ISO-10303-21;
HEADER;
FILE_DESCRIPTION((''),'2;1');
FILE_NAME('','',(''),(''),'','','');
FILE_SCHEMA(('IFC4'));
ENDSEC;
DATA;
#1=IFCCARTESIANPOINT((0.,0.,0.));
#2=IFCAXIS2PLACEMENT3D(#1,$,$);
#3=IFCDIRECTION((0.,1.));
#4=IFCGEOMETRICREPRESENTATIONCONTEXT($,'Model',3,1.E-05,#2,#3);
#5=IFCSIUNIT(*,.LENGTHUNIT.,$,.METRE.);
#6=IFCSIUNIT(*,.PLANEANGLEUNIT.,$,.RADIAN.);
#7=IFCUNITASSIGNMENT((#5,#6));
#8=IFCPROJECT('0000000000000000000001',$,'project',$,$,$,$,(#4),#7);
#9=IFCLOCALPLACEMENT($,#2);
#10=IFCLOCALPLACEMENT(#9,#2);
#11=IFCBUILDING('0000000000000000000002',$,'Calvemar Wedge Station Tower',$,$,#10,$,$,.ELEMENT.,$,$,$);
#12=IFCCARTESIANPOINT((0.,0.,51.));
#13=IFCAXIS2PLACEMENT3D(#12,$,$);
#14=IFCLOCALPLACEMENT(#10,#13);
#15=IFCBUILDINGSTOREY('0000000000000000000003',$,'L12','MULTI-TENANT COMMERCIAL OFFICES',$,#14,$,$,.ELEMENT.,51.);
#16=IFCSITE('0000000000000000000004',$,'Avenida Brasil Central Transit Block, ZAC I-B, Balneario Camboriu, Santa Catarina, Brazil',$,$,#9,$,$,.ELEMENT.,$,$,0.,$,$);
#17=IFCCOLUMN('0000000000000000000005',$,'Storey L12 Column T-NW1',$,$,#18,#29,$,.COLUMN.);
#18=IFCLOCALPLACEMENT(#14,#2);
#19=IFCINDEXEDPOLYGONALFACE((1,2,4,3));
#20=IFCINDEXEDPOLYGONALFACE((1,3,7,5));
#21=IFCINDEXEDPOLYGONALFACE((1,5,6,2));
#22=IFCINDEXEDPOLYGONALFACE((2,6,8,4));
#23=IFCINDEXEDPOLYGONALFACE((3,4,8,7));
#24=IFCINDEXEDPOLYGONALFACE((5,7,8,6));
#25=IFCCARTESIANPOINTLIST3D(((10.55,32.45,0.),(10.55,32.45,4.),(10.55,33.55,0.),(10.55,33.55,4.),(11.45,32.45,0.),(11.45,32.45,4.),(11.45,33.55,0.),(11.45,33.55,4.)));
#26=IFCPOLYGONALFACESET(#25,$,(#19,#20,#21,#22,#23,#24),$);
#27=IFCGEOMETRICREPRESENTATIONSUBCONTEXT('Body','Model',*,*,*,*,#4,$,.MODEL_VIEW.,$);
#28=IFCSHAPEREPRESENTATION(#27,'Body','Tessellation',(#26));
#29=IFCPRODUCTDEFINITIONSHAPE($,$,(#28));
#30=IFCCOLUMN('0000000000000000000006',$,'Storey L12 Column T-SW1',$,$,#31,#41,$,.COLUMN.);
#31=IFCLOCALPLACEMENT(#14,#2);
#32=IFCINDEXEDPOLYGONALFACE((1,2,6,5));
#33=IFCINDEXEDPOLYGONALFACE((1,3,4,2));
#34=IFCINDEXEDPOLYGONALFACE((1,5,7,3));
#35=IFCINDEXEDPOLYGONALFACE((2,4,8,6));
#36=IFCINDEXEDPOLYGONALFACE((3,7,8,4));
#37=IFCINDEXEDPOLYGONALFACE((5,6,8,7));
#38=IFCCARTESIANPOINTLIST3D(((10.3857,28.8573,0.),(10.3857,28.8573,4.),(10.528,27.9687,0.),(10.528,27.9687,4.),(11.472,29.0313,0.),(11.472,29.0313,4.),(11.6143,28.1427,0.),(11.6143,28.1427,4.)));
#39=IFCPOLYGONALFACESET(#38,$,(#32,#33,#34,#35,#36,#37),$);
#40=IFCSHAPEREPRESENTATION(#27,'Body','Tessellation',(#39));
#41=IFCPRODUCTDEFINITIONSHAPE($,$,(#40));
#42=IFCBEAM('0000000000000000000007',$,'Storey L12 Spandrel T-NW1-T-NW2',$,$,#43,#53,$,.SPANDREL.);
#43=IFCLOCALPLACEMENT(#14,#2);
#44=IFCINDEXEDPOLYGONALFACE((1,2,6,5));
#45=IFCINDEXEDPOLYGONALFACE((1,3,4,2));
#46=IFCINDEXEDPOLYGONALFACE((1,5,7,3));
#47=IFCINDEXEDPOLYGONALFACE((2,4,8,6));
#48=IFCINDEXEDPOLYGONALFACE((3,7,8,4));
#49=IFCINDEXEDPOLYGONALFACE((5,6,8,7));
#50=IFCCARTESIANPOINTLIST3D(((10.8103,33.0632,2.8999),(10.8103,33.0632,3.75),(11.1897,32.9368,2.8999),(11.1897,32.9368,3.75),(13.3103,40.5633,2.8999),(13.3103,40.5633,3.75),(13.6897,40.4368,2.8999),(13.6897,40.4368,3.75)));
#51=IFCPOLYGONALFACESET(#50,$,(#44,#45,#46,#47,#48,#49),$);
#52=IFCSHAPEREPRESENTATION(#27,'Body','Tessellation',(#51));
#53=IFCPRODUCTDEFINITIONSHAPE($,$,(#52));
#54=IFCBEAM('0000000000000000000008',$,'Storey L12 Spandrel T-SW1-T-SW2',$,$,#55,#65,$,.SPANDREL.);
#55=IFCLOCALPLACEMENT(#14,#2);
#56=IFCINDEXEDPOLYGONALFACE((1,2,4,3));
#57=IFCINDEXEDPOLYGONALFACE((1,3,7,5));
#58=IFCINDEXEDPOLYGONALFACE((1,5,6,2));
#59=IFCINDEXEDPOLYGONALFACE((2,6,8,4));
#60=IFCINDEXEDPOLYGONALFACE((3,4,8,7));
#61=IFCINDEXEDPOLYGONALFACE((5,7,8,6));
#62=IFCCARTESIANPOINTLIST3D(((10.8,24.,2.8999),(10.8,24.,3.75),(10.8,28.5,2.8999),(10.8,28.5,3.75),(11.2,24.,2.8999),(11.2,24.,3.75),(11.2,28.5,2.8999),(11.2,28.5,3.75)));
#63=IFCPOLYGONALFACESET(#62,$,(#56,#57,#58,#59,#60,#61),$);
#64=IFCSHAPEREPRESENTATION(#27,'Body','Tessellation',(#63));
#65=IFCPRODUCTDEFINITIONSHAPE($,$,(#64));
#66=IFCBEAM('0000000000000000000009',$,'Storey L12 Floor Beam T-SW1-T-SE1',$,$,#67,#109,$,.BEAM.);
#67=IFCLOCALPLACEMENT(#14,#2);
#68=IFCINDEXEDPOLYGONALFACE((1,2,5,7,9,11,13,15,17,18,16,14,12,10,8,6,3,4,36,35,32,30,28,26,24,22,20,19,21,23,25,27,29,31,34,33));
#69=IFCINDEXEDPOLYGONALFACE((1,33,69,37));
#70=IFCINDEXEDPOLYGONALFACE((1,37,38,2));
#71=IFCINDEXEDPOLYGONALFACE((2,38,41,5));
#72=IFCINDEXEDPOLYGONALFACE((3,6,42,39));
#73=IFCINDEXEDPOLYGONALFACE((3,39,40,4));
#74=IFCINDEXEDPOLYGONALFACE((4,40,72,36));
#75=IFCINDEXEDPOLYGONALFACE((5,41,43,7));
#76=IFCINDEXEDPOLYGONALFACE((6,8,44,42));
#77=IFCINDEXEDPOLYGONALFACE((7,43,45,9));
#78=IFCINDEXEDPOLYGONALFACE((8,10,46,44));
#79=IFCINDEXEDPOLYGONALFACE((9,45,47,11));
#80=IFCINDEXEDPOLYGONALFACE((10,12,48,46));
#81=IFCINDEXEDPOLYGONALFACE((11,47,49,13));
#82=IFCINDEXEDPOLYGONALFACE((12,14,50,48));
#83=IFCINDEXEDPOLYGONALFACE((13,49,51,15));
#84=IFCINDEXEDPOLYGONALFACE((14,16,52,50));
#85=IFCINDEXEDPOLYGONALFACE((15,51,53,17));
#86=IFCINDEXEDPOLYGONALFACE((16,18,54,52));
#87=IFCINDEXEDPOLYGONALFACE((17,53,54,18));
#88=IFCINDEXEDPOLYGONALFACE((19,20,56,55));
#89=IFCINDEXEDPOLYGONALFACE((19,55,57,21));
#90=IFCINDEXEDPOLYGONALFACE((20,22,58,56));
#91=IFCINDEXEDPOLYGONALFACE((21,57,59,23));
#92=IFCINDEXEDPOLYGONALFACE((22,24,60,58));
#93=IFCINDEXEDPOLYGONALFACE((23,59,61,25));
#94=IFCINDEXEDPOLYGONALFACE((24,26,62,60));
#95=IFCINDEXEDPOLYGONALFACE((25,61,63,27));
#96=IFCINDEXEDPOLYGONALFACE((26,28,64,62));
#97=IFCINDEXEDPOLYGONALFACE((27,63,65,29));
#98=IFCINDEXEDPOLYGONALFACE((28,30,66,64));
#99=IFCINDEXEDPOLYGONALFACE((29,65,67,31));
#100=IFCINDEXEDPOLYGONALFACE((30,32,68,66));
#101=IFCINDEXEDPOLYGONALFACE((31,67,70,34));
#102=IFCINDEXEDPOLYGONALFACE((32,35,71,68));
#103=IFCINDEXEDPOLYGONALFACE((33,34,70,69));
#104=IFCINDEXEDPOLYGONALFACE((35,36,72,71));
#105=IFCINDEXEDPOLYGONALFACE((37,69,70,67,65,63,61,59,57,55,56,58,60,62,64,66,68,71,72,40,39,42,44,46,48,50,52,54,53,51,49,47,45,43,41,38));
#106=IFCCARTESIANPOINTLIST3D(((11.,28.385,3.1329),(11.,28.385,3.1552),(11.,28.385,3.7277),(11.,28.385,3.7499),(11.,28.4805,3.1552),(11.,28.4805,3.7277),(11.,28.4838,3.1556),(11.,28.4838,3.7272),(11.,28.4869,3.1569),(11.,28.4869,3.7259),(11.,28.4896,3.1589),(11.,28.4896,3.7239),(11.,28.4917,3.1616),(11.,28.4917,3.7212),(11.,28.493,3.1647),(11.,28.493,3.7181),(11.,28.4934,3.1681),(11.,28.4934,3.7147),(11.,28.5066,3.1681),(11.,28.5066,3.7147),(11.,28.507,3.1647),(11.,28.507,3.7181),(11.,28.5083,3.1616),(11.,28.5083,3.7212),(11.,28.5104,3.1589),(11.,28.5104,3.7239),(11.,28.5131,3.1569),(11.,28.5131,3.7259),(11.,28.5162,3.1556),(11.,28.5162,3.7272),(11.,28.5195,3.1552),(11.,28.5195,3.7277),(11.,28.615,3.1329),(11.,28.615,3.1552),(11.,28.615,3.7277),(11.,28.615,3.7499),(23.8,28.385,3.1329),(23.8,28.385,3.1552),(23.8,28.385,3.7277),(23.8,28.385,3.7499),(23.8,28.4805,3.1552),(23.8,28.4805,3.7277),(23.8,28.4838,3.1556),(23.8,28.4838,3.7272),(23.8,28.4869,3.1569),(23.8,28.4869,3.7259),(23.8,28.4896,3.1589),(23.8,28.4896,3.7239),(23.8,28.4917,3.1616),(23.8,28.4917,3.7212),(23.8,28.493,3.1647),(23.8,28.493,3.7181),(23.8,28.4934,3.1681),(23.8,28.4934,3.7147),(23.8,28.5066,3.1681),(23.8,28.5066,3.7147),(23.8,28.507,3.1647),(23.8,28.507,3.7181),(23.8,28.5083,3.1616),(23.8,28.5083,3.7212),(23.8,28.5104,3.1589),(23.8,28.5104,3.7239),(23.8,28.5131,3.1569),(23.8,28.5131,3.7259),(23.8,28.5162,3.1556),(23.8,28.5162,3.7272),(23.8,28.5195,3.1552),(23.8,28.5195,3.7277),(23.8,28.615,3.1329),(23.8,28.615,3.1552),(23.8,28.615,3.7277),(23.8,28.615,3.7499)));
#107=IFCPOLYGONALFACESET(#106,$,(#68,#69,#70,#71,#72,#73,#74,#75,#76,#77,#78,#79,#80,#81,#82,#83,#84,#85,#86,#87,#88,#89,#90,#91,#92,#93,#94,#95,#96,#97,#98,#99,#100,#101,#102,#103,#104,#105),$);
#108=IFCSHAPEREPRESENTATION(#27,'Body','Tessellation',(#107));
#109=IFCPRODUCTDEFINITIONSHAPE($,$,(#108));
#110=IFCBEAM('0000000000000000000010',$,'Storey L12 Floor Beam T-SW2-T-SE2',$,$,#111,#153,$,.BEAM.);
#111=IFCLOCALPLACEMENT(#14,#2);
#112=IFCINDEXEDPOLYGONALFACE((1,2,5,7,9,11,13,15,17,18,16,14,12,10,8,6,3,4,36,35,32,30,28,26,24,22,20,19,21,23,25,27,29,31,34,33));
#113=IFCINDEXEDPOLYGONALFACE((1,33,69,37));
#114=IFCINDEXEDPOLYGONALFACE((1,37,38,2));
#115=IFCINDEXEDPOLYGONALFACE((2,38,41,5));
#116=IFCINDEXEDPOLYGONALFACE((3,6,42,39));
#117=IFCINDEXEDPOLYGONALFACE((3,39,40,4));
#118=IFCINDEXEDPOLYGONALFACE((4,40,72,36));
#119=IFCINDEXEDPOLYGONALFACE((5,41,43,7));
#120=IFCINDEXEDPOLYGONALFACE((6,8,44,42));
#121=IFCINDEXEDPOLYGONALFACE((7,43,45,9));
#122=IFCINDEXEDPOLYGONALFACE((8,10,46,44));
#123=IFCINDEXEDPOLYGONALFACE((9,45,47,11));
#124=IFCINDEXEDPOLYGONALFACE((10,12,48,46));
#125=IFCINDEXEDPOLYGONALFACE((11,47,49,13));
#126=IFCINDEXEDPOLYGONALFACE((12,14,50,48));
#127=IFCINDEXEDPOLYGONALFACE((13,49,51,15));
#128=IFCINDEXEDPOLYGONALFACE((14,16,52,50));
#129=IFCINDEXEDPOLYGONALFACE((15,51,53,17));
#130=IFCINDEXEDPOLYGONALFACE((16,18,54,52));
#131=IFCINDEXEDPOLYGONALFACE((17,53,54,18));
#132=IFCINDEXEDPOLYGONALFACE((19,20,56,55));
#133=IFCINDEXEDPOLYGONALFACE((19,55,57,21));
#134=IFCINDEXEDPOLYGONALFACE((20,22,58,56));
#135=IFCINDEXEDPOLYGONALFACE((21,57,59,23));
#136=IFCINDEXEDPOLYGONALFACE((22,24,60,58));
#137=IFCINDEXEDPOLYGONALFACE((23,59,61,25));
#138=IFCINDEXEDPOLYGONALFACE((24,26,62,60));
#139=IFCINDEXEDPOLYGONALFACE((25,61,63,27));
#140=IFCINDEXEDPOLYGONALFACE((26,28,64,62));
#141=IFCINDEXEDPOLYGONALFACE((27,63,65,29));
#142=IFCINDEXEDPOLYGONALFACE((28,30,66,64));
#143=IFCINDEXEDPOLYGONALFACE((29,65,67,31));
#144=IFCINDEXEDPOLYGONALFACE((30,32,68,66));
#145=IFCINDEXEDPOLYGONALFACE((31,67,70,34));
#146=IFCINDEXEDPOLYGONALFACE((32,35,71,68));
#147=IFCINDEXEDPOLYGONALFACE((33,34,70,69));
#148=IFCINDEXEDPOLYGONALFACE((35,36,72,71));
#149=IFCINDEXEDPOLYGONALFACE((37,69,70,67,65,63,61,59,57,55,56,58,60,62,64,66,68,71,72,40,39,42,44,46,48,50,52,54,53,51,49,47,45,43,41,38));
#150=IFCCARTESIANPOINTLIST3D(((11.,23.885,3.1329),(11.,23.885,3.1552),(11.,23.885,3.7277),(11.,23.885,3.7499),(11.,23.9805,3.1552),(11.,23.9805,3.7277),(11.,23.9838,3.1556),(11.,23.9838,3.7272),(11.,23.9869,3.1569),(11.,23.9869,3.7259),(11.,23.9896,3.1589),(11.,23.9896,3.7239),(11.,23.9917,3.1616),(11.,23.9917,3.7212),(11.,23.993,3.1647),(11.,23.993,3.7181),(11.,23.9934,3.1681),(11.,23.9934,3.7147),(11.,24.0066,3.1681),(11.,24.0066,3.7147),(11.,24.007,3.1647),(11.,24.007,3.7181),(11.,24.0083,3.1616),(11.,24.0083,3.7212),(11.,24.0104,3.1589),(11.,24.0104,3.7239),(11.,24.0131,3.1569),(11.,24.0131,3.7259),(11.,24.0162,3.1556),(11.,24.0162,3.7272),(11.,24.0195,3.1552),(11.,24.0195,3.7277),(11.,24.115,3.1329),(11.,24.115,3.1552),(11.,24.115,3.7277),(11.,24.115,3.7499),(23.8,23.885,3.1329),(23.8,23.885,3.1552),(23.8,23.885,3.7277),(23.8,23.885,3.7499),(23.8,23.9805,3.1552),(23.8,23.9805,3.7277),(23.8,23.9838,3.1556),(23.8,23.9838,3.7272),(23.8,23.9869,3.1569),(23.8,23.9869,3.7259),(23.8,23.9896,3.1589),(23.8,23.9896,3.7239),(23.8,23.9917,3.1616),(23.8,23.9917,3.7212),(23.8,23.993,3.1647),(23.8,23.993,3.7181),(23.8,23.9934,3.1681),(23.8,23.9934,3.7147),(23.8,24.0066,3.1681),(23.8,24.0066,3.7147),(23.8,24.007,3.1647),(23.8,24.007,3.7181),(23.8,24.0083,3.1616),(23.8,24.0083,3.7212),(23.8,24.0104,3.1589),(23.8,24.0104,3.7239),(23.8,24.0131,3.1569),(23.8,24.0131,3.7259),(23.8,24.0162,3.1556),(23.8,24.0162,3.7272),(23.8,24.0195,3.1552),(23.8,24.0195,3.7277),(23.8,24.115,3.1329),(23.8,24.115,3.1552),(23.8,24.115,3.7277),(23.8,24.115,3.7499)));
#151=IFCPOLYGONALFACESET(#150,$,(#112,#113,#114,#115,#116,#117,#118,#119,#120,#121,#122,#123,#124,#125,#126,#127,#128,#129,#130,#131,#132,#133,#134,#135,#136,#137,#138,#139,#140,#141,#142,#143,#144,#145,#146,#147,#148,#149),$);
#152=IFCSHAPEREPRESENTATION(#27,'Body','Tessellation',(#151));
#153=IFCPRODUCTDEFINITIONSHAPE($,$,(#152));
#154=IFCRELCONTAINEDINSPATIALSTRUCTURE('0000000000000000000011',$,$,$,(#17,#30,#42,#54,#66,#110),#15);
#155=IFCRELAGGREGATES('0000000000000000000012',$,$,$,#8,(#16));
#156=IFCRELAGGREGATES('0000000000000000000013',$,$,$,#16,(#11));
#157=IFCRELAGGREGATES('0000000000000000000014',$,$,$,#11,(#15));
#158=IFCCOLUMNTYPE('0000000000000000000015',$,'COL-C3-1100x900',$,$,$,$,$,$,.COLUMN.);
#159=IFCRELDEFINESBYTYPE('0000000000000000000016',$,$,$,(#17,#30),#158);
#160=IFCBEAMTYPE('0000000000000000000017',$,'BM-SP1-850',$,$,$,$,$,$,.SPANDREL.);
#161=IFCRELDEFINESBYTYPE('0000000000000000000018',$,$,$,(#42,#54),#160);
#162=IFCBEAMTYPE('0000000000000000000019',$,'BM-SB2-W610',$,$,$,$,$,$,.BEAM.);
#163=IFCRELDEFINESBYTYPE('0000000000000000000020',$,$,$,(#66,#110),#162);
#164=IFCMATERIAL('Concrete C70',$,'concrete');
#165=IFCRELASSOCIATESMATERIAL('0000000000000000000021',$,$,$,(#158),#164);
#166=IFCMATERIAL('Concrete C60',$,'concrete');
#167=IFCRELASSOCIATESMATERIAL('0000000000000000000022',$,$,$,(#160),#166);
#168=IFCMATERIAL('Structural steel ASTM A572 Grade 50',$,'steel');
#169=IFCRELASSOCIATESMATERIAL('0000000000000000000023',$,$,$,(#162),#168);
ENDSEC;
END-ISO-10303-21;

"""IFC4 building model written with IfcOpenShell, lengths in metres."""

from ifc_helpers import new_model, si_unit, direction, frame, origin, origin_2d, place, context, subcontext, project, spatial, rectangle, i_section, extrude, source, transform, mapped, material, material_profile, profile_set, type_object, element, save


model = new_model("IFC4")

# Units and contexts
model_context = context("Model", 3, precision=1e-05, world=origin(), true_north=direction((0.0, 1.0)))
body_context = subcontext(model_context, "Body", "Model", "MODEL_VIEW")
ifc_project = project(units=[si_unit("LENGTHUNIT", "METRE"), si_unit("PLANEANGLEUNIT", "RADIAN")], contexts=[model_context])

# Site, building, storey
site_placement = place(None, origin())
site = spatial("IfcSite", under=ifc_project, at=site_placement, Name="Avenida Brasil Central Transit Block, ZAC I-B, Balneario Camboriu, Santa Catarina, Brazil", CompositionType="ELEMENT", RefElevation=0.0)
building_placement = place(site_placement, origin())
building = spatial("IfcBuilding", under=site, at=building_placement, Name="Calvemar Wedge Station Tower", CompositionType="ELEMENT")
storey_placement = place(building_placement, frame((0.0, 0.0, 51.0)))
storey = spatial("IfcBuildingStorey", under=building, at=storey_placement, Name="L12", Description="MULTI-TENANT COMMERCIAL OFFICES", CompositionType="ELEMENT", Elevation=51.0)

# Columns
ifc_material_1 = material(Name="Concrete C70", Category="concrete")
ifc_material_profile_1 = material_profile(ifc_material_1, rectangle(XDim=0.8999, YDim=1.1001, at=origin_2d()), Name="RC1100x900")
ifc_profile_set_1 = profile_set([ifc_material_profile_1], Name="Concrete C70")
column_type = type_object("IfcColumnType", Name="COL-C3-1100x900", PredefinedType="COLUMN", material=ifc_profile_set_1)
shared_shape_1 = source(origin(), body_context, "Body", "SweptSolid", [
    extrude(rectangle(XDim=0.8999, YDim=1.1001, at=origin_2d()), origin(), (0.0, 0.0, 1.0), 4.0),
])
for number, where, z_axis, x_axis, name in (
    (1, (11.0, 33.0, 0.0), (0.0, 0.0, 1.0), (1.0, 0.0, 0.0), "Storey L12 Column T-NW1"),
    (2, (11.0, 28.5, 0.0), (0.0, 0.0, 1.0), (0.158158, -0.987414, 0.0), "Storey L12 Column T-SW1"),
):
    element("IfcColumn", number, at=place(storey_placement, frame(where, z_axis=z_axis, x_axis=x_axis)), inside=storey, type_object=column_type, Name=name, PredefinedType="COLUMN", context=body_context, shape_type="MappedRepresentation", body=[
        mapped(shared_shape_1, transform((0.0, 0.0, 0.0), scale=1.0)),
    ])

# Beams
ifc_material_2 = material(Name="Concrete C60", Category="concrete")
ifc_material_profile_2 = material_profile(ifc_material_2, rectangle(XDim=0.3999, YDim=0.8501, at=origin_2d()), Name="RC400x850")
ifc_profile_set_2 = profile_set([ifc_material_profile_2], Name="Concrete C60")
beam_type_1 = type_object("IfcBeamType", Name="BM-SP1-850", PredefinedType="SPANDREL", material=ifc_profile_set_2)
shared_shape_2 = source(origin(), body_context, "Body", "SweptSolid", [
    extrude(rectangle(XDim=0.3999, YDim=0.8501, at=origin_2d()), origin(), (0.0, 0.0, 1.0), 7.9058),
])
beam_1_placement = place(storey_placement, frame((11.0, 33.0, 3.325), z_axis=(0.316228, 0.948683, 0.0), x_axis=(-0.948683, 0.316228, 0.0)))
element("IfcBeam", 3, at=beam_1_placement, inside=storey, type_object=beam_type_1, Name="Storey L12 Spandrel T-NW1-T-NW2", PredefinedType="SPANDREL", context=body_context, shape_type="MappedRepresentation", body=[
    mapped(shared_shape_2, transform((0.0, 0.0, 0.0), scale=1.0)),
])
shared_shape_3 = source(origin(), body_context, "Body", "SweptSolid", [
    extrude(rectangle(XDim=0.3999, YDim=0.8501, at=origin_2d()), origin(), (0.0, 0.0, 1.0), 4.5),
])
beam_2_placement = place(storey_placement, frame((11.0, 28.5, 3.325), z_axis=(0.0, -1.0, 0.0), x_axis=(1.0, 0.0, 0.0)))
element("IfcBeam", 4, at=beam_2_placement, inside=storey, type_object=beam_type_1, Name="Storey L12 Spandrel T-SW1-T-SW2", PredefinedType="SPANDREL", context=body_context, shape_type="MappedRepresentation", body=[
    mapped(shared_shape_3, transform((0.0, 0.0, 0.0), scale=1.0)),
])
ifc_material_3 = material(Name="Structural steel ASTM A572 Grade 50", Category="steel")
ifc_material_profile_3 = material_profile(ifc_material_3, i_section(OverallWidth=0.23, OverallDepth=0.6169, WebThickness=0.0132, FlangeThickness=0.0222, FilletRadius=0.0129, at=origin_2d()), Name="W610x140")
ifc_profile_set_3 = profile_set([ifc_material_profile_3], Name="Structural steel ASTM A572 Grade 50")
beam_type_2 = type_object("IfcBeamType", Name="BM-SB2-W610", PredefinedType="BEAM", material=ifc_profile_set_3)
shared_shape_4 = source(origin(), body_context, "Body", "SweptSolid", [
    extrude(i_section(OverallWidth=0.23, OverallDepth=0.6169, WebThickness=0.0132, FlangeThickness=0.0222, FilletRadius=0.0129, at=origin_2d()), origin(), (0.0, 0.0, 1.0), 12.8),
])
for number, where, z_axis, x_axis, name in (
    (5, (11.0, 28.5, 3.4414), (1.0, 0.0, 0.0), (0.0, 1.0, 0.0), "Storey L12 Floor Beam T-SW1-T-SE1"),
    (6, (11.0, 24.0, 3.4414), (1.0, 0.0, 0.0), (0.0, 1.0, 0.0), "Storey L12 Floor Beam T-SW2-T-SE2"),
):
    element("IfcBeam", number, at=place(storey_placement, frame(where, z_axis=z_axis, x_axis=x_axis)), inside=storey, type_object=beam_type_2, Name=name, PredefinedType="BEAM", context=body_context, shape_type="MappedRepresentation", body=[
        mapped(shared_shape_4, transform((0.0, 0.0, 0.0), scale=1.0)),
    ])

save(model, "model.ifc")
